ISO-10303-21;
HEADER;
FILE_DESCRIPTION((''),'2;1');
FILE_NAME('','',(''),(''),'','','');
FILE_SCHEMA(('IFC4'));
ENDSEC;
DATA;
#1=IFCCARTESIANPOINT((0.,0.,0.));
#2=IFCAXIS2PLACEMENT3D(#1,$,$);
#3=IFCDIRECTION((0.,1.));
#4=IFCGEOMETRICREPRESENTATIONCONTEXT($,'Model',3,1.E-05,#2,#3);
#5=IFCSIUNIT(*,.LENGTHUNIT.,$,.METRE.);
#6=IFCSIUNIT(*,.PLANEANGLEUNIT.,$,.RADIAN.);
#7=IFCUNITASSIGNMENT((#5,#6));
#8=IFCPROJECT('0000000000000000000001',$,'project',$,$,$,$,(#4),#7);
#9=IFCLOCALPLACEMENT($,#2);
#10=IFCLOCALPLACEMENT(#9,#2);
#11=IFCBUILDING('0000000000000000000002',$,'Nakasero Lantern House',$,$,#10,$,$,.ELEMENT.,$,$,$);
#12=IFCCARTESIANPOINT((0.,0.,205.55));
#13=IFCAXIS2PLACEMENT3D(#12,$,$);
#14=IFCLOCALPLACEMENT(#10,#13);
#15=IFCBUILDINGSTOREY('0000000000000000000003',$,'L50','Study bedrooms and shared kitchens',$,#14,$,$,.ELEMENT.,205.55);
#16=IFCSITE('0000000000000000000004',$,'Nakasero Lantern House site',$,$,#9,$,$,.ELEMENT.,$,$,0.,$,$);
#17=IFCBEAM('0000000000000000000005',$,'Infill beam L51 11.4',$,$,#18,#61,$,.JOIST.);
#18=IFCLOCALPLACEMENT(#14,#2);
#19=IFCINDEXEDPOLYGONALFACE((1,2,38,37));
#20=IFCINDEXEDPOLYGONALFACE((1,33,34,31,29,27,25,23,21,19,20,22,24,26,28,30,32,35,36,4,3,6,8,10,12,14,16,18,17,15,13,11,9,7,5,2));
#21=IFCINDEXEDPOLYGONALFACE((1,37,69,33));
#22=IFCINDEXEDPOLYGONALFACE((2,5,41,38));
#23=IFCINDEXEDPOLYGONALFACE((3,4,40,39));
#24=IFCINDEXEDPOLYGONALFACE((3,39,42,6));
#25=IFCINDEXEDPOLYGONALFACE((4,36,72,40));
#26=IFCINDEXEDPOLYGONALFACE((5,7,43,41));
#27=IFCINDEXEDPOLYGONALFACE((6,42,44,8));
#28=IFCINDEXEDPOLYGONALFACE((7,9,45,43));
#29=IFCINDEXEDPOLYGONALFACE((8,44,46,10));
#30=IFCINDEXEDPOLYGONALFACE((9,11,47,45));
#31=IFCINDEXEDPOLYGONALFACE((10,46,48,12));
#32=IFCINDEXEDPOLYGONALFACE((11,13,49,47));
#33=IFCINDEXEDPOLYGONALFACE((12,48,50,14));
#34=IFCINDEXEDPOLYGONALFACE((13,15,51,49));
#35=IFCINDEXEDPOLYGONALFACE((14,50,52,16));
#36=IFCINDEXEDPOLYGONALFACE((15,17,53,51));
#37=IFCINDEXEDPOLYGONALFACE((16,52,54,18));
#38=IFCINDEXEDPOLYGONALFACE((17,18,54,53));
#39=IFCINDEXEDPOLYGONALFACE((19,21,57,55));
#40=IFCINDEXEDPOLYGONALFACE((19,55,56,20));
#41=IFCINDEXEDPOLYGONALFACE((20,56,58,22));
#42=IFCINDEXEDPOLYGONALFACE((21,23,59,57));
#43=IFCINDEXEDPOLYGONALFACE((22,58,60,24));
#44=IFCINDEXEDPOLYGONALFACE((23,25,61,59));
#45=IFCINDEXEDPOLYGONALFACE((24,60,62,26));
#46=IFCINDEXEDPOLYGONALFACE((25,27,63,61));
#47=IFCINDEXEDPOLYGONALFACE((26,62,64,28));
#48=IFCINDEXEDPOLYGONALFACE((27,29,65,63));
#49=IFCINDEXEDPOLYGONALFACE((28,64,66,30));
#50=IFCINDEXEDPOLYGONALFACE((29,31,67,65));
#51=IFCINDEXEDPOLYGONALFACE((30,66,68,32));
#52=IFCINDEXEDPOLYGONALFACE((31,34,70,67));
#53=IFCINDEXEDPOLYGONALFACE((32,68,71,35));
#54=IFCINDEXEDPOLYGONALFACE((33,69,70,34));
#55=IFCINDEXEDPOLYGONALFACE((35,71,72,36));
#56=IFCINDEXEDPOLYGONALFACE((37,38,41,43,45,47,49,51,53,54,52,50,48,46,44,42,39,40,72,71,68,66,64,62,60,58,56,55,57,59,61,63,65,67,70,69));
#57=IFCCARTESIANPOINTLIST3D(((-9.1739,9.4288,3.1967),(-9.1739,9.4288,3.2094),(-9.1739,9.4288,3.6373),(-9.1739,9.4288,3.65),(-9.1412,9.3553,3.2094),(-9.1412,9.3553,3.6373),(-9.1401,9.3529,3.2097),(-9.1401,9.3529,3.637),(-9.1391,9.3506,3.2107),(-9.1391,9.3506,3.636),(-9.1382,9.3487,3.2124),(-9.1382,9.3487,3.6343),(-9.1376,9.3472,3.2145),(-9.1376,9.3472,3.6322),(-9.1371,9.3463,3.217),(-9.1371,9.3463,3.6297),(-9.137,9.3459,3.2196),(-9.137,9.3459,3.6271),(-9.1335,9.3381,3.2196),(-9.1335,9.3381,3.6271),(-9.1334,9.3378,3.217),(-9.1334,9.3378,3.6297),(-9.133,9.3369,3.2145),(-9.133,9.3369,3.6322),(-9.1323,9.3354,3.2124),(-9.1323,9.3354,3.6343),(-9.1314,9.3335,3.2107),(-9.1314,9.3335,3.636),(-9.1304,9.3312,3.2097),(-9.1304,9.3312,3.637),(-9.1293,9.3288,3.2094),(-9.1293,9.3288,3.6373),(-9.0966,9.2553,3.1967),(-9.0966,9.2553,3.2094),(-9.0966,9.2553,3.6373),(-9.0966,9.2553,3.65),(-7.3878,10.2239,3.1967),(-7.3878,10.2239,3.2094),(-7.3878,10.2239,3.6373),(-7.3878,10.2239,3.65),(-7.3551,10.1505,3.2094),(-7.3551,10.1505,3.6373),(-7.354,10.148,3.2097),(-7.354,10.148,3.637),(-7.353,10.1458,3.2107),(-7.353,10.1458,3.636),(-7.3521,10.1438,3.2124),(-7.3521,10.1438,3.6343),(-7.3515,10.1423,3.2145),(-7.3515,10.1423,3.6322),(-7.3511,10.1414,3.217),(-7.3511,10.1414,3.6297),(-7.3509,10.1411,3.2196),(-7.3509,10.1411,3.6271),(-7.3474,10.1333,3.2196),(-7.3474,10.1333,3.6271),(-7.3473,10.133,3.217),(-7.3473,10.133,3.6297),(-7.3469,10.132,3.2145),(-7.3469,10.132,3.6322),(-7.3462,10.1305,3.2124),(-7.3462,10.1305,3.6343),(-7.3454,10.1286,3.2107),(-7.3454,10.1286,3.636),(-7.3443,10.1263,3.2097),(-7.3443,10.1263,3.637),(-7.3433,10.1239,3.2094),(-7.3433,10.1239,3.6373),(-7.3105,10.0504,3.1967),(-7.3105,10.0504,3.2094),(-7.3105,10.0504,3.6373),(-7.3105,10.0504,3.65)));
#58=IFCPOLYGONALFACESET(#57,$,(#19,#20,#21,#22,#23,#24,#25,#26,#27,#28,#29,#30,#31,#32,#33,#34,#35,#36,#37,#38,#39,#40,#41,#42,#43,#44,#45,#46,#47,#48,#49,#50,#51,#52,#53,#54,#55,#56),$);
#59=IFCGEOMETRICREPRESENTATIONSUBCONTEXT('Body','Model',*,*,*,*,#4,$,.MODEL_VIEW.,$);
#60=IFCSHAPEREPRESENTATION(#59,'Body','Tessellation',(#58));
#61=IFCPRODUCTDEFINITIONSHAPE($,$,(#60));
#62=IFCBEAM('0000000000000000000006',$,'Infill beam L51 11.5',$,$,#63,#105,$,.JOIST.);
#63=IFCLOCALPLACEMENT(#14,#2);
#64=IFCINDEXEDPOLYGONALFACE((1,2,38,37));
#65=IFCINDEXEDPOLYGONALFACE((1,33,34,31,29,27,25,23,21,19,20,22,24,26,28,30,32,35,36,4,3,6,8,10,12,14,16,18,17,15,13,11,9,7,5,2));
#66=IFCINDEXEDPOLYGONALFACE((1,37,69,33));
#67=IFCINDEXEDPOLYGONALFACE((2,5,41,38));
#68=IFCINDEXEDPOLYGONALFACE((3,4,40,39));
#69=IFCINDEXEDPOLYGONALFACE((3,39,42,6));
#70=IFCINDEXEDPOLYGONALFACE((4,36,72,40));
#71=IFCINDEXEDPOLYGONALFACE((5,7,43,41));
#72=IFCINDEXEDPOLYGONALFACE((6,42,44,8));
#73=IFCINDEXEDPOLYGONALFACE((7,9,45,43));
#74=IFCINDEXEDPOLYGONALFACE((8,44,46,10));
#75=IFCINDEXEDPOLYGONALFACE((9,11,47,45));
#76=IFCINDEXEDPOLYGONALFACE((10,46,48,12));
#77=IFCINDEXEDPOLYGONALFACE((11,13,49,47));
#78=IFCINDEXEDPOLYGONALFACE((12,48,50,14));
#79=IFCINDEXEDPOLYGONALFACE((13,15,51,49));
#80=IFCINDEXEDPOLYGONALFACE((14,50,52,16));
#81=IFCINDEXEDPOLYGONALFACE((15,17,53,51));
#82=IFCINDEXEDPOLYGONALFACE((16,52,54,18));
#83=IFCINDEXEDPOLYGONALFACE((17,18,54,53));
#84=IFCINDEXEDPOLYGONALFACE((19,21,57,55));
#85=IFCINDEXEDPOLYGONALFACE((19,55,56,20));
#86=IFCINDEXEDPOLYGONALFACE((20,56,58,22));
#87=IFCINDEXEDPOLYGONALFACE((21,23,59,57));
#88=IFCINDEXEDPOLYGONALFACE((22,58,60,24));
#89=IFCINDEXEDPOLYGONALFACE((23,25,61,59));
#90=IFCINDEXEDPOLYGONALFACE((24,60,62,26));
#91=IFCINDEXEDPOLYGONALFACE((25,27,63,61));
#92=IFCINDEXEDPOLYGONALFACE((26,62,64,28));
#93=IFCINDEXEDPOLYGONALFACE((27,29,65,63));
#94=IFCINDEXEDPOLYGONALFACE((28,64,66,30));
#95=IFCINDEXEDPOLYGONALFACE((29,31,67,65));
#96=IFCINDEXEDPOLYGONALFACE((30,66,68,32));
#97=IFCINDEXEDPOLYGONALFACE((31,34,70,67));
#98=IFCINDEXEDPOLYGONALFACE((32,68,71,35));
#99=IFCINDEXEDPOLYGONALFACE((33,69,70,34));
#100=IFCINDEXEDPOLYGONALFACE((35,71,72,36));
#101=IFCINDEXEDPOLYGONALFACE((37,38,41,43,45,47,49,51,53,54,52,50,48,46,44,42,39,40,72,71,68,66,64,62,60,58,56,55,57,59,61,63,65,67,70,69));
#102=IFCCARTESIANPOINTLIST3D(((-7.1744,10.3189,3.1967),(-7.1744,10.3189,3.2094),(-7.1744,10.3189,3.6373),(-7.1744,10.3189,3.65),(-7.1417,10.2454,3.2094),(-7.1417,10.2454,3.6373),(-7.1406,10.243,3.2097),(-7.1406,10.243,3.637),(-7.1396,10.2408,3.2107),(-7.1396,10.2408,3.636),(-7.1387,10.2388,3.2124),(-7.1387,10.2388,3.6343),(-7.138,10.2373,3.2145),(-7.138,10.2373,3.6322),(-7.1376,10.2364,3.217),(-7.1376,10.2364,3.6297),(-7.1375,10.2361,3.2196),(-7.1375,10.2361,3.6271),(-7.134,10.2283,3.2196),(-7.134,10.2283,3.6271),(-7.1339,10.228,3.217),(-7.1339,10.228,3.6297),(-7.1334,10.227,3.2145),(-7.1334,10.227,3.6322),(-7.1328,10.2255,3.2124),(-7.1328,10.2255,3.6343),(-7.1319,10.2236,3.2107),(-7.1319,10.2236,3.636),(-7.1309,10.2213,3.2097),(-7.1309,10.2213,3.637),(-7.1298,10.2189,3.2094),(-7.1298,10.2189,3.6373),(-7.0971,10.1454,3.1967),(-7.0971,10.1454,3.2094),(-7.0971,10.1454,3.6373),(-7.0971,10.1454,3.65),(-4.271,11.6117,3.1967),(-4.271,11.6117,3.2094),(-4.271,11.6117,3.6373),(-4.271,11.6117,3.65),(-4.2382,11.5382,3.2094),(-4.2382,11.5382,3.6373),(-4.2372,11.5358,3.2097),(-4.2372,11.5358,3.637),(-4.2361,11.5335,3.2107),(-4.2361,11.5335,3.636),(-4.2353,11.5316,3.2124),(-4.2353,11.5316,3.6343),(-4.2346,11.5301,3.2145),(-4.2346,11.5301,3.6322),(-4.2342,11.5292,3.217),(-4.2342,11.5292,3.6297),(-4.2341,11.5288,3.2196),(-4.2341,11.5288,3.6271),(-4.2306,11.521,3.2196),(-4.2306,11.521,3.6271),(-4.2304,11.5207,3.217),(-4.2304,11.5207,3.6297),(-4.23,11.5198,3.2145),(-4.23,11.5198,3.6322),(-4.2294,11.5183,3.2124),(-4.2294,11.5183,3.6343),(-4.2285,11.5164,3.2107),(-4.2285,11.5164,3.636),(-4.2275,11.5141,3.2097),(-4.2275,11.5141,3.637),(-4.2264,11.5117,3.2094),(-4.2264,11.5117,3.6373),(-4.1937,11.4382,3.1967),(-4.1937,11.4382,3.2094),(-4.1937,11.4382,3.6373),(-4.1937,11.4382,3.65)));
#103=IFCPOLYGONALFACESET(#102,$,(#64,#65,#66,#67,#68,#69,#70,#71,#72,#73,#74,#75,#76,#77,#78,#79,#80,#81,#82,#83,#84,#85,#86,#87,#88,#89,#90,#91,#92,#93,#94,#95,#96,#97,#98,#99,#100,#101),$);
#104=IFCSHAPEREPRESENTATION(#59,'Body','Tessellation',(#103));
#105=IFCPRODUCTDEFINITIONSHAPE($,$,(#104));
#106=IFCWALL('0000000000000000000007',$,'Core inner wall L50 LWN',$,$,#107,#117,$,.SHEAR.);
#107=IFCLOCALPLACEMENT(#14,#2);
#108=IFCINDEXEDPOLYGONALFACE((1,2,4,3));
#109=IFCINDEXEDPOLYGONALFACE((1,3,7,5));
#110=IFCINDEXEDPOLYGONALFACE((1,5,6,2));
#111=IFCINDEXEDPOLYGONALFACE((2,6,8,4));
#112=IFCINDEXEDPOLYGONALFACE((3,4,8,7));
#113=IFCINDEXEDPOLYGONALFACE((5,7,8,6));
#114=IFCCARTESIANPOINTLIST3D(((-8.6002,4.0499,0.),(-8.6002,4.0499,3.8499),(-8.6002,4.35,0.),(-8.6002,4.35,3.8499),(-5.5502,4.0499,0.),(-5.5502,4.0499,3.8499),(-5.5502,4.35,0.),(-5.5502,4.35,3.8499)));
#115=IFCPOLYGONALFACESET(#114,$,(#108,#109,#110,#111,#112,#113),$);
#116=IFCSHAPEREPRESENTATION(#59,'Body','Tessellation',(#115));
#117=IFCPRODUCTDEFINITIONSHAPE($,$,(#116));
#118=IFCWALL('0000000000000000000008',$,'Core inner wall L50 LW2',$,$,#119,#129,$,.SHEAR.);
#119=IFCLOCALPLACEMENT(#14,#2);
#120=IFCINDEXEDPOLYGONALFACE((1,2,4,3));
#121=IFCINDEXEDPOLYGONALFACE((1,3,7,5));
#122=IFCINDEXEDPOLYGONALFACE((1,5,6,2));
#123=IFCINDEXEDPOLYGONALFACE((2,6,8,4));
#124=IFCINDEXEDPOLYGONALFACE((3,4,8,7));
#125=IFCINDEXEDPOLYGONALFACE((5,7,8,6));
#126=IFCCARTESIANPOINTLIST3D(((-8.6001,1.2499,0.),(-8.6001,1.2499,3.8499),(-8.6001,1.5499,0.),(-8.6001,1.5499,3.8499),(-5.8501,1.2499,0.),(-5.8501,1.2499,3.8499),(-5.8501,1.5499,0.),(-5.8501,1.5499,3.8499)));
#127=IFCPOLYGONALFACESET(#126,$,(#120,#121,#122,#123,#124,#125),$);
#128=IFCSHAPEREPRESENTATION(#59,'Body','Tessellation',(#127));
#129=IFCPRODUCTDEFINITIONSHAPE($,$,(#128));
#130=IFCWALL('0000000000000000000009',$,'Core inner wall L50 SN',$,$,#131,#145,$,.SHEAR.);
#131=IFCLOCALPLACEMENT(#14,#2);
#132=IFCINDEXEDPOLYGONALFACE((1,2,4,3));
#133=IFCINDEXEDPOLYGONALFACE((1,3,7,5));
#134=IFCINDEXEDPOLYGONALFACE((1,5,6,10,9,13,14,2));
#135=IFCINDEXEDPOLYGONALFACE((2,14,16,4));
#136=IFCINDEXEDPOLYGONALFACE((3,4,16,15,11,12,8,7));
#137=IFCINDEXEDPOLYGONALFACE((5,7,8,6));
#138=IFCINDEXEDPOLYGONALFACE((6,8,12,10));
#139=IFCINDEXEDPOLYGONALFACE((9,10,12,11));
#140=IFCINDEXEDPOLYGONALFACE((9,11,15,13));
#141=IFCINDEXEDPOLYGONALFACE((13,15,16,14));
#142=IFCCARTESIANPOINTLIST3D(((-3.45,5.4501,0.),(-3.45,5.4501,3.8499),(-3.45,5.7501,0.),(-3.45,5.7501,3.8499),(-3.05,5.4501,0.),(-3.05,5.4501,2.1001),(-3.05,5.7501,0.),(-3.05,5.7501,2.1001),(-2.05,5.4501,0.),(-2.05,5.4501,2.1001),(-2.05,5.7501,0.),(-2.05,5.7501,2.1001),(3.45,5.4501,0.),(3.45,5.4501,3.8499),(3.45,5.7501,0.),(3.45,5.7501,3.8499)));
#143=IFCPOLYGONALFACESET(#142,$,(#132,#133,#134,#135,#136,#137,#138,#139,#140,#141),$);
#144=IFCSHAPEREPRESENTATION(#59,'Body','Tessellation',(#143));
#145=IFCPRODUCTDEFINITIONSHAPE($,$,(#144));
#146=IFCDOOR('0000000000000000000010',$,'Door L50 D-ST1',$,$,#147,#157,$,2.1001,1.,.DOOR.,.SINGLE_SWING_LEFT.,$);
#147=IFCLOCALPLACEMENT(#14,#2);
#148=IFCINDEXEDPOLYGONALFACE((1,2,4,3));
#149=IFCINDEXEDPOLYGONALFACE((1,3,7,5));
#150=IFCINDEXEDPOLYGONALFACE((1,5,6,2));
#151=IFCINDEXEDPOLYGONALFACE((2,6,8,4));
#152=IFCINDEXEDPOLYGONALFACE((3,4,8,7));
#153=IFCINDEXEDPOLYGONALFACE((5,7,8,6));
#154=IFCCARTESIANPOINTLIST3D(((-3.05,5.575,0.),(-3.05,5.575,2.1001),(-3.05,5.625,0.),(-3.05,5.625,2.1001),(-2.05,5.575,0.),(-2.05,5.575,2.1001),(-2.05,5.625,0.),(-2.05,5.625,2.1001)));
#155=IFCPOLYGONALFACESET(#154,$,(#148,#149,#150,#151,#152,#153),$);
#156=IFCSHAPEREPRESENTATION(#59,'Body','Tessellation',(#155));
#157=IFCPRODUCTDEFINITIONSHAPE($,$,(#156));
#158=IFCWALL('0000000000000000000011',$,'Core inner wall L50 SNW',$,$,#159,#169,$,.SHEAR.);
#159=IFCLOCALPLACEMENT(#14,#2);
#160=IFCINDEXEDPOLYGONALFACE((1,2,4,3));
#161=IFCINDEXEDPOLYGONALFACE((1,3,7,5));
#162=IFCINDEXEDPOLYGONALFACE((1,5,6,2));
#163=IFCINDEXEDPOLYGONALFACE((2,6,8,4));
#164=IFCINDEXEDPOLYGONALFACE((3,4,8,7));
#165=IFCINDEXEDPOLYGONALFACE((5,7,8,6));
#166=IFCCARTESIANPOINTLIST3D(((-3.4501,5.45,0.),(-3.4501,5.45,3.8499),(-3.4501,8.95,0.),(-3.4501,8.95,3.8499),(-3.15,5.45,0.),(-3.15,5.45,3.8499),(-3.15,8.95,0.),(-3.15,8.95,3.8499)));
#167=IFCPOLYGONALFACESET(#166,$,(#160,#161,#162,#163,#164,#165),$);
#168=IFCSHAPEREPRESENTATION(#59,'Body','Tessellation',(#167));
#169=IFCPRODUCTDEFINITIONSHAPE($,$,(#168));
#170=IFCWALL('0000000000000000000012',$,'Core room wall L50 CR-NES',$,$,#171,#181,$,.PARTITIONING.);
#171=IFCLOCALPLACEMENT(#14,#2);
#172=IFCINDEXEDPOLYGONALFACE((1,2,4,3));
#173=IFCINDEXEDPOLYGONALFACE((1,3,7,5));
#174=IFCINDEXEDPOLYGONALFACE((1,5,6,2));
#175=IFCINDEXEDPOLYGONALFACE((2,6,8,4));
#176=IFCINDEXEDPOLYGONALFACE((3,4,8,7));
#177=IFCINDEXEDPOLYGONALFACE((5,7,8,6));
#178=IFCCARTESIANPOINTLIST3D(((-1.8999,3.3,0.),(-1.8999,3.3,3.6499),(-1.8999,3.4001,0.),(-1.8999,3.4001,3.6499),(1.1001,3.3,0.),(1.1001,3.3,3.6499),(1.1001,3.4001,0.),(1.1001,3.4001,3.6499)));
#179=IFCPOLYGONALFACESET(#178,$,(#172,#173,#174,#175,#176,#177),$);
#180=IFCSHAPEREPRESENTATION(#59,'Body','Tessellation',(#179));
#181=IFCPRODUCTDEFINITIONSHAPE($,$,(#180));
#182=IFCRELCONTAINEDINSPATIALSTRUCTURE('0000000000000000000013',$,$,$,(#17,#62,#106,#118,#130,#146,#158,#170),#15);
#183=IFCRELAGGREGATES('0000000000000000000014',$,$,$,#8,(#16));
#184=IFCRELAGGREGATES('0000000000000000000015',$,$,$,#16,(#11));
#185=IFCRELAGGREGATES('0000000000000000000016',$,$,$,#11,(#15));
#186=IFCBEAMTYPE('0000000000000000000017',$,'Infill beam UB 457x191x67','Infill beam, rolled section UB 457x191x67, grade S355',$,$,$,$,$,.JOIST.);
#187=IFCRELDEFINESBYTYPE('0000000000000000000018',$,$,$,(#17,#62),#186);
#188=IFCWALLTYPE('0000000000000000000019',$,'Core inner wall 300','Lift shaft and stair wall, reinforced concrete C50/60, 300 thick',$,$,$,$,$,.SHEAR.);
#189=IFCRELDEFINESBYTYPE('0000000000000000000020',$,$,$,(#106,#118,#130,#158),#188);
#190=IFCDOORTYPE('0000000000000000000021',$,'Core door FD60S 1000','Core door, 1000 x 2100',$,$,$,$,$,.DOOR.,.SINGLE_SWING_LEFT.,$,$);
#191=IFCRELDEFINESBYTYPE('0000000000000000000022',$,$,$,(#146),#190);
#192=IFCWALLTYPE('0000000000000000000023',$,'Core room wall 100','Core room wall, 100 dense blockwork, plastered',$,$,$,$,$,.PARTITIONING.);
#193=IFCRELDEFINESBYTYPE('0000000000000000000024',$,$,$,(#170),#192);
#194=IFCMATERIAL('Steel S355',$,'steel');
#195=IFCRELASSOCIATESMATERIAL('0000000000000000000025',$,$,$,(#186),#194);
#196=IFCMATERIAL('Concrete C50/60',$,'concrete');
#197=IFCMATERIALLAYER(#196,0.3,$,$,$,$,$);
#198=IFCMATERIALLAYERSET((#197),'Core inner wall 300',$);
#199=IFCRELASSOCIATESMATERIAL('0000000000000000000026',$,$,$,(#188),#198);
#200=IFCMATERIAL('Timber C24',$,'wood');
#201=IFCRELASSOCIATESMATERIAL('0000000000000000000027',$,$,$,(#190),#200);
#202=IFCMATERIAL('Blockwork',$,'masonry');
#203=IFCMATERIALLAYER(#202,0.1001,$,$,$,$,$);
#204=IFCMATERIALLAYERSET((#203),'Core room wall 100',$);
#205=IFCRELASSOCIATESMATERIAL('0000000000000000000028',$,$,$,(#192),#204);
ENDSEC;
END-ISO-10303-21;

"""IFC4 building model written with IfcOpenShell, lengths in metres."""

from ifc_helpers import new_model, si_unit, direction, frame, frame_2d, origin, origin_2d, place, context, subcontext, project, spatial, rectangle, i_section, extrude, material, layer, layer_set, material_profile, profile_set, type_object, element, fill, save


model = new_model("IFC4")

# Units and contexts
model_context = context("Model", 3, precision=1e-05, world=origin(), true_north=direction((0.0, 1.0)))
body_context = subcontext(model_context, "Body", "Model", "MODEL_VIEW")
ifc_project = project(units=[si_unit("LENGTHUNIT", "METRE"), si_unit("PLANEANGLEUNIT", "RADIAN")], contexts=[model_context])

# Site, building, storey
site_placement = place(None, origin())
site = spatial("IfcSite", under=ifc_project, at=site_placement, Name="Nakasero Lantern House site", CompositionType="ELEMENT", RefElevation=0.0)
building_placement = place(site_placement, origin())
building = spatial("IfcBuilding", under=site, at=building_placement, Name="Nakasero Lantern House", CompositionType="ELEMENT")
storey_placement = place(building_placement, frame((0.0, 0.0, 205.55)))
storey = spatial("IfcBuildingStorey", under=building, at=storey_placement, Name="L50", Description="Study bedrooms and shared kitchens", CompositionType="ELEMENT", Elevation=205.55)

# Beams
ifc_material_1 = material(Name="Steel S355", Category="steel")
ifc_material_profile = material_profile(ifc_material_1, i_section(OverallWidth=0.1899, OverallDepth=0.4534, WebThickness=0.0085, FlangeThickness=0.0127, FilletRadius=0.0103, at=origin_2d()), Name="UB 457x191x67")
ifc_profile_set = profile_set([ifc_material_profile], Name="Steel S355")
beam_type = type_object("IfcBeamType", Name="Infill beam UB 457x191x67", Description="Infill beam, rolled section UB 457x191x67, grade S355", PredefinedType="JOIST", material=ifc_profile_set)
beam_1_placement = place(storey_placement, frame((-9.1353, 9.342, 3.4233), z_axis=(0.913559, 0.406706, 0.0), x_axis=(-0.406706, 0.913559, 0.0)))
element("IfcBeam", 1, at=beam_1_placement, inside=storey, type_object=beam_type, Name="Infill beam L51 11.4", PredefinedType="JOIST", context=body_context, shape_type="SweptSolid", body=[
    extrude(i_section(OverallWidth=0.1899, OverallDepth=0.4534, WebThickness=0.0085, FlangeThickness=0.0127, FilletRadius=0.0103, at=origin_2d()), origin(), (0.0, 0.0, 1.0), 1.9551),
])
beam_2_placement = place(storey_placement, frame((-7.1357, 10.2322, 3.4233), z_axis=(0.913536, 0.406758, 0.0), x_axis=(-0.406758, 0.913536, 0.0)))
element("IfcBeam", 2, at=beam_2_placement, inside=storey, type_object=beam_type, Name="Infill beam L51 11.5", PredefinedType="JOIST", context=body_context, shape_type="SweptSolid", body=[
    extrude(i_section(OverallWidth=0.1899, OverallDepth=0.4534, WebThickness=0.0085, FlangeThickness=0.0127, FilletRadius=0.0103, at=origin_2d()), origin(), (0.0, 0.0, 1.0), 3.1782),
])

# Walls
ifc_material_2 = material(Name="Concrete C50/60", Category="concrete")
ifc_layer_1 = layer(ifc_material_2, 0.3)
ifc_layer_set_1 = layer_set([ifc_layer_1], Name="Core inner wall 300")
wall_type_1 = type_object("IfcWallType", Name="Core inner wall 300", Description="Lift shaft and stair wall, reinforced concrete C50/60, 300 thick", PredefinedType="SHEAR", material=ifc_layer_set_1)
wall_1_placement = place(storey_placement, frame((-8.6001, 4.2, 0.0), z_axis=(0.0, 0.0, 1.0), x_axis=(1.0, 0.0, 0.0)))
element("IfcWall", 3, at=wall_1_placement, inside=storey, type_object=wall_type_1, Name="Core inner wall L50 LWN", PredefinedType="SHEAR", context=body_context, shape_type="SweptSolid", body=[
    extrude(rectangle(XDim=3.05, YDim=0.3, at=frame_2d((1.5249, 0.0))), origin(), (0.0, 0.0, 1.0), 3.8499),
])
wall_2_placement = place(storey_placement, frame((-8.6001, 1.3999, 0.0), z_axis=(0.0, 0.0, 1.0), x_axis=(1.0, 0.0, 0.0)))
element("IfcWall", 4, at=wall_2_placement, inside=storey, type_object=wall_type_1, Name="Core inner wall L50 LW2", PredefinedType="SHEAR", context=body_context, shape_type="SweptSolid", body=[
    extrude(rectangle(XDim=2.75, YDim=0.3, at=frame_2d((1.375, 0.0))), origin(), (0.0, 0.0, 1.0), 3.8499),
])

# Wall, opening, door
wall_3_placement = place(storey_placement, frame((-3.45, 5.6001, 0.0), z_axis=(0.0, 0.0, 1.0), x_axis=(1.0, 0.0, 0.0)))
wall_3 = element("IfcWall", 5, at=wall_3_placement, inside=storey, type_object=wall_type_1, Name="Core inner wall L50 SN", PredefinedType="SHEAR", context=body_context, shape_type="SweptSolid", body=[
    extrude(rectangle(XDim=6.8999, YDim=0.3, at=frame_2d((3.45, 0.0))), origin(), (0.0, 0.0, 1.0), 3.8499),
])
opening_1_placement = place(wall_3_placement, frame((0.3999, 0.0, 0.0)))
opening_1 = element("IfcOpeningElement", 6, at=opening_1_placement, cuts=wall_3, PredefinedType="OPENING", context=body_context, shape_type="SweptSolid", body=[
    extrude(rectangle(XDim=1.0, YDim=2.1001, at=frame_2d((0.5, 1.05))), frame((0.0, 0.1699, 0.0), z_axis=(0.0, -1.0, 0.0), x_axis=(1.0, 0.0, 0.0)), (0.0, 0.0, 1.0), 0.3401),
])
ifc_material_3 = material(Name="Timber C24", Category="wood")
door_type_1 = type_object("IfcDoorType", Name="Core door FD60S 1000", Description="Core door, 1000 x 2100", OperationType="SINGLE_SWING_LEFT", PredefinedType="DOOR", material=ifc_material_3)
door_1_placement = place(opening_1_placement, origin())
door_1 = element("IfcDoor", 7, at=door_1_placement, inside=storey, type_object=door_type_1, Name="Door L50 D-ST1", OperationType="SINGLE_SWING_LEFT", OverallHeight=2.1001, OverallWidth=1.0, PredefinedType="DOOR", context=body_context, shape_type="SweptSolid", body=[
    extrude(rectangle(XDim=1.0, YDim=2.1001, at=frame_2d((0.5, 1.05))), frame((0.0, 0.0249, 0.0), z_axis=(0.0, -1.0, 0.0), x_axis=(1.0, 0.0, 0.0)), (0.0, 0.0, 1.0), 0.05),
])
fill(opening_1, door_1)

# Walls
wall_4_placement = place(storey_placement, frame((-3.3, 5.45, 0.0), z_axis=(0.0, 0.0, 1.0), x_axis=(0.0, 1.0, 0.0)))
element("IfcWall", 8, at=wall_4_placement, inside=storey, type_object=wall_type_1, Name="Core inner wall L50 SNW", PredefinedType="SHEAR", context=body_context, shape_type="SweptSolid", body=[
    extrude(rectangle(XDim=3.5, YDim=0.3, at=frame_2d((1.75, 0.0))), origin(), (0.0, 0.0, 1.0), 3.8499),
])
ifc_material_4 = material(Name="Blockwork", Category="masonry")
ifc_layer_2 = layer(ifc_material_4, 0.1001)
ifc_layer_set_2 = layer_set([ifc_layer_2], Name="Core room wall 100")
wall_type_2 = type_object("IfcWallType", Name="Core room wall 100", Description="Core room wall, 100 dense blockwork, plastered", PredefinedType="PARTITIONING", material=ifc_layer_set_2)
wall_5_placement = place(storey_placement, frame((-1.8999, 3.3501, 0.0), z_axis=(0.0, 0.0, 1.0), x_axis=(1.0, 0.0, 0.0)))
element("IfcWall", 9, at=wall_5_placement, inside=storey, type_object=wall_type_2, Name="Core room wall L50 CR-NES", PredefinedType="PARTITIONING", context=body_context, shape_type="SweptSolid", body=[
    extrude(rectangle(XDim=3.0, YDim=0.1001, at=frame_2d((1.5, 0.0))), origin(), (0.0, 0.0, 1.0), 3.6499),
])

save(model, "model.ifc")
